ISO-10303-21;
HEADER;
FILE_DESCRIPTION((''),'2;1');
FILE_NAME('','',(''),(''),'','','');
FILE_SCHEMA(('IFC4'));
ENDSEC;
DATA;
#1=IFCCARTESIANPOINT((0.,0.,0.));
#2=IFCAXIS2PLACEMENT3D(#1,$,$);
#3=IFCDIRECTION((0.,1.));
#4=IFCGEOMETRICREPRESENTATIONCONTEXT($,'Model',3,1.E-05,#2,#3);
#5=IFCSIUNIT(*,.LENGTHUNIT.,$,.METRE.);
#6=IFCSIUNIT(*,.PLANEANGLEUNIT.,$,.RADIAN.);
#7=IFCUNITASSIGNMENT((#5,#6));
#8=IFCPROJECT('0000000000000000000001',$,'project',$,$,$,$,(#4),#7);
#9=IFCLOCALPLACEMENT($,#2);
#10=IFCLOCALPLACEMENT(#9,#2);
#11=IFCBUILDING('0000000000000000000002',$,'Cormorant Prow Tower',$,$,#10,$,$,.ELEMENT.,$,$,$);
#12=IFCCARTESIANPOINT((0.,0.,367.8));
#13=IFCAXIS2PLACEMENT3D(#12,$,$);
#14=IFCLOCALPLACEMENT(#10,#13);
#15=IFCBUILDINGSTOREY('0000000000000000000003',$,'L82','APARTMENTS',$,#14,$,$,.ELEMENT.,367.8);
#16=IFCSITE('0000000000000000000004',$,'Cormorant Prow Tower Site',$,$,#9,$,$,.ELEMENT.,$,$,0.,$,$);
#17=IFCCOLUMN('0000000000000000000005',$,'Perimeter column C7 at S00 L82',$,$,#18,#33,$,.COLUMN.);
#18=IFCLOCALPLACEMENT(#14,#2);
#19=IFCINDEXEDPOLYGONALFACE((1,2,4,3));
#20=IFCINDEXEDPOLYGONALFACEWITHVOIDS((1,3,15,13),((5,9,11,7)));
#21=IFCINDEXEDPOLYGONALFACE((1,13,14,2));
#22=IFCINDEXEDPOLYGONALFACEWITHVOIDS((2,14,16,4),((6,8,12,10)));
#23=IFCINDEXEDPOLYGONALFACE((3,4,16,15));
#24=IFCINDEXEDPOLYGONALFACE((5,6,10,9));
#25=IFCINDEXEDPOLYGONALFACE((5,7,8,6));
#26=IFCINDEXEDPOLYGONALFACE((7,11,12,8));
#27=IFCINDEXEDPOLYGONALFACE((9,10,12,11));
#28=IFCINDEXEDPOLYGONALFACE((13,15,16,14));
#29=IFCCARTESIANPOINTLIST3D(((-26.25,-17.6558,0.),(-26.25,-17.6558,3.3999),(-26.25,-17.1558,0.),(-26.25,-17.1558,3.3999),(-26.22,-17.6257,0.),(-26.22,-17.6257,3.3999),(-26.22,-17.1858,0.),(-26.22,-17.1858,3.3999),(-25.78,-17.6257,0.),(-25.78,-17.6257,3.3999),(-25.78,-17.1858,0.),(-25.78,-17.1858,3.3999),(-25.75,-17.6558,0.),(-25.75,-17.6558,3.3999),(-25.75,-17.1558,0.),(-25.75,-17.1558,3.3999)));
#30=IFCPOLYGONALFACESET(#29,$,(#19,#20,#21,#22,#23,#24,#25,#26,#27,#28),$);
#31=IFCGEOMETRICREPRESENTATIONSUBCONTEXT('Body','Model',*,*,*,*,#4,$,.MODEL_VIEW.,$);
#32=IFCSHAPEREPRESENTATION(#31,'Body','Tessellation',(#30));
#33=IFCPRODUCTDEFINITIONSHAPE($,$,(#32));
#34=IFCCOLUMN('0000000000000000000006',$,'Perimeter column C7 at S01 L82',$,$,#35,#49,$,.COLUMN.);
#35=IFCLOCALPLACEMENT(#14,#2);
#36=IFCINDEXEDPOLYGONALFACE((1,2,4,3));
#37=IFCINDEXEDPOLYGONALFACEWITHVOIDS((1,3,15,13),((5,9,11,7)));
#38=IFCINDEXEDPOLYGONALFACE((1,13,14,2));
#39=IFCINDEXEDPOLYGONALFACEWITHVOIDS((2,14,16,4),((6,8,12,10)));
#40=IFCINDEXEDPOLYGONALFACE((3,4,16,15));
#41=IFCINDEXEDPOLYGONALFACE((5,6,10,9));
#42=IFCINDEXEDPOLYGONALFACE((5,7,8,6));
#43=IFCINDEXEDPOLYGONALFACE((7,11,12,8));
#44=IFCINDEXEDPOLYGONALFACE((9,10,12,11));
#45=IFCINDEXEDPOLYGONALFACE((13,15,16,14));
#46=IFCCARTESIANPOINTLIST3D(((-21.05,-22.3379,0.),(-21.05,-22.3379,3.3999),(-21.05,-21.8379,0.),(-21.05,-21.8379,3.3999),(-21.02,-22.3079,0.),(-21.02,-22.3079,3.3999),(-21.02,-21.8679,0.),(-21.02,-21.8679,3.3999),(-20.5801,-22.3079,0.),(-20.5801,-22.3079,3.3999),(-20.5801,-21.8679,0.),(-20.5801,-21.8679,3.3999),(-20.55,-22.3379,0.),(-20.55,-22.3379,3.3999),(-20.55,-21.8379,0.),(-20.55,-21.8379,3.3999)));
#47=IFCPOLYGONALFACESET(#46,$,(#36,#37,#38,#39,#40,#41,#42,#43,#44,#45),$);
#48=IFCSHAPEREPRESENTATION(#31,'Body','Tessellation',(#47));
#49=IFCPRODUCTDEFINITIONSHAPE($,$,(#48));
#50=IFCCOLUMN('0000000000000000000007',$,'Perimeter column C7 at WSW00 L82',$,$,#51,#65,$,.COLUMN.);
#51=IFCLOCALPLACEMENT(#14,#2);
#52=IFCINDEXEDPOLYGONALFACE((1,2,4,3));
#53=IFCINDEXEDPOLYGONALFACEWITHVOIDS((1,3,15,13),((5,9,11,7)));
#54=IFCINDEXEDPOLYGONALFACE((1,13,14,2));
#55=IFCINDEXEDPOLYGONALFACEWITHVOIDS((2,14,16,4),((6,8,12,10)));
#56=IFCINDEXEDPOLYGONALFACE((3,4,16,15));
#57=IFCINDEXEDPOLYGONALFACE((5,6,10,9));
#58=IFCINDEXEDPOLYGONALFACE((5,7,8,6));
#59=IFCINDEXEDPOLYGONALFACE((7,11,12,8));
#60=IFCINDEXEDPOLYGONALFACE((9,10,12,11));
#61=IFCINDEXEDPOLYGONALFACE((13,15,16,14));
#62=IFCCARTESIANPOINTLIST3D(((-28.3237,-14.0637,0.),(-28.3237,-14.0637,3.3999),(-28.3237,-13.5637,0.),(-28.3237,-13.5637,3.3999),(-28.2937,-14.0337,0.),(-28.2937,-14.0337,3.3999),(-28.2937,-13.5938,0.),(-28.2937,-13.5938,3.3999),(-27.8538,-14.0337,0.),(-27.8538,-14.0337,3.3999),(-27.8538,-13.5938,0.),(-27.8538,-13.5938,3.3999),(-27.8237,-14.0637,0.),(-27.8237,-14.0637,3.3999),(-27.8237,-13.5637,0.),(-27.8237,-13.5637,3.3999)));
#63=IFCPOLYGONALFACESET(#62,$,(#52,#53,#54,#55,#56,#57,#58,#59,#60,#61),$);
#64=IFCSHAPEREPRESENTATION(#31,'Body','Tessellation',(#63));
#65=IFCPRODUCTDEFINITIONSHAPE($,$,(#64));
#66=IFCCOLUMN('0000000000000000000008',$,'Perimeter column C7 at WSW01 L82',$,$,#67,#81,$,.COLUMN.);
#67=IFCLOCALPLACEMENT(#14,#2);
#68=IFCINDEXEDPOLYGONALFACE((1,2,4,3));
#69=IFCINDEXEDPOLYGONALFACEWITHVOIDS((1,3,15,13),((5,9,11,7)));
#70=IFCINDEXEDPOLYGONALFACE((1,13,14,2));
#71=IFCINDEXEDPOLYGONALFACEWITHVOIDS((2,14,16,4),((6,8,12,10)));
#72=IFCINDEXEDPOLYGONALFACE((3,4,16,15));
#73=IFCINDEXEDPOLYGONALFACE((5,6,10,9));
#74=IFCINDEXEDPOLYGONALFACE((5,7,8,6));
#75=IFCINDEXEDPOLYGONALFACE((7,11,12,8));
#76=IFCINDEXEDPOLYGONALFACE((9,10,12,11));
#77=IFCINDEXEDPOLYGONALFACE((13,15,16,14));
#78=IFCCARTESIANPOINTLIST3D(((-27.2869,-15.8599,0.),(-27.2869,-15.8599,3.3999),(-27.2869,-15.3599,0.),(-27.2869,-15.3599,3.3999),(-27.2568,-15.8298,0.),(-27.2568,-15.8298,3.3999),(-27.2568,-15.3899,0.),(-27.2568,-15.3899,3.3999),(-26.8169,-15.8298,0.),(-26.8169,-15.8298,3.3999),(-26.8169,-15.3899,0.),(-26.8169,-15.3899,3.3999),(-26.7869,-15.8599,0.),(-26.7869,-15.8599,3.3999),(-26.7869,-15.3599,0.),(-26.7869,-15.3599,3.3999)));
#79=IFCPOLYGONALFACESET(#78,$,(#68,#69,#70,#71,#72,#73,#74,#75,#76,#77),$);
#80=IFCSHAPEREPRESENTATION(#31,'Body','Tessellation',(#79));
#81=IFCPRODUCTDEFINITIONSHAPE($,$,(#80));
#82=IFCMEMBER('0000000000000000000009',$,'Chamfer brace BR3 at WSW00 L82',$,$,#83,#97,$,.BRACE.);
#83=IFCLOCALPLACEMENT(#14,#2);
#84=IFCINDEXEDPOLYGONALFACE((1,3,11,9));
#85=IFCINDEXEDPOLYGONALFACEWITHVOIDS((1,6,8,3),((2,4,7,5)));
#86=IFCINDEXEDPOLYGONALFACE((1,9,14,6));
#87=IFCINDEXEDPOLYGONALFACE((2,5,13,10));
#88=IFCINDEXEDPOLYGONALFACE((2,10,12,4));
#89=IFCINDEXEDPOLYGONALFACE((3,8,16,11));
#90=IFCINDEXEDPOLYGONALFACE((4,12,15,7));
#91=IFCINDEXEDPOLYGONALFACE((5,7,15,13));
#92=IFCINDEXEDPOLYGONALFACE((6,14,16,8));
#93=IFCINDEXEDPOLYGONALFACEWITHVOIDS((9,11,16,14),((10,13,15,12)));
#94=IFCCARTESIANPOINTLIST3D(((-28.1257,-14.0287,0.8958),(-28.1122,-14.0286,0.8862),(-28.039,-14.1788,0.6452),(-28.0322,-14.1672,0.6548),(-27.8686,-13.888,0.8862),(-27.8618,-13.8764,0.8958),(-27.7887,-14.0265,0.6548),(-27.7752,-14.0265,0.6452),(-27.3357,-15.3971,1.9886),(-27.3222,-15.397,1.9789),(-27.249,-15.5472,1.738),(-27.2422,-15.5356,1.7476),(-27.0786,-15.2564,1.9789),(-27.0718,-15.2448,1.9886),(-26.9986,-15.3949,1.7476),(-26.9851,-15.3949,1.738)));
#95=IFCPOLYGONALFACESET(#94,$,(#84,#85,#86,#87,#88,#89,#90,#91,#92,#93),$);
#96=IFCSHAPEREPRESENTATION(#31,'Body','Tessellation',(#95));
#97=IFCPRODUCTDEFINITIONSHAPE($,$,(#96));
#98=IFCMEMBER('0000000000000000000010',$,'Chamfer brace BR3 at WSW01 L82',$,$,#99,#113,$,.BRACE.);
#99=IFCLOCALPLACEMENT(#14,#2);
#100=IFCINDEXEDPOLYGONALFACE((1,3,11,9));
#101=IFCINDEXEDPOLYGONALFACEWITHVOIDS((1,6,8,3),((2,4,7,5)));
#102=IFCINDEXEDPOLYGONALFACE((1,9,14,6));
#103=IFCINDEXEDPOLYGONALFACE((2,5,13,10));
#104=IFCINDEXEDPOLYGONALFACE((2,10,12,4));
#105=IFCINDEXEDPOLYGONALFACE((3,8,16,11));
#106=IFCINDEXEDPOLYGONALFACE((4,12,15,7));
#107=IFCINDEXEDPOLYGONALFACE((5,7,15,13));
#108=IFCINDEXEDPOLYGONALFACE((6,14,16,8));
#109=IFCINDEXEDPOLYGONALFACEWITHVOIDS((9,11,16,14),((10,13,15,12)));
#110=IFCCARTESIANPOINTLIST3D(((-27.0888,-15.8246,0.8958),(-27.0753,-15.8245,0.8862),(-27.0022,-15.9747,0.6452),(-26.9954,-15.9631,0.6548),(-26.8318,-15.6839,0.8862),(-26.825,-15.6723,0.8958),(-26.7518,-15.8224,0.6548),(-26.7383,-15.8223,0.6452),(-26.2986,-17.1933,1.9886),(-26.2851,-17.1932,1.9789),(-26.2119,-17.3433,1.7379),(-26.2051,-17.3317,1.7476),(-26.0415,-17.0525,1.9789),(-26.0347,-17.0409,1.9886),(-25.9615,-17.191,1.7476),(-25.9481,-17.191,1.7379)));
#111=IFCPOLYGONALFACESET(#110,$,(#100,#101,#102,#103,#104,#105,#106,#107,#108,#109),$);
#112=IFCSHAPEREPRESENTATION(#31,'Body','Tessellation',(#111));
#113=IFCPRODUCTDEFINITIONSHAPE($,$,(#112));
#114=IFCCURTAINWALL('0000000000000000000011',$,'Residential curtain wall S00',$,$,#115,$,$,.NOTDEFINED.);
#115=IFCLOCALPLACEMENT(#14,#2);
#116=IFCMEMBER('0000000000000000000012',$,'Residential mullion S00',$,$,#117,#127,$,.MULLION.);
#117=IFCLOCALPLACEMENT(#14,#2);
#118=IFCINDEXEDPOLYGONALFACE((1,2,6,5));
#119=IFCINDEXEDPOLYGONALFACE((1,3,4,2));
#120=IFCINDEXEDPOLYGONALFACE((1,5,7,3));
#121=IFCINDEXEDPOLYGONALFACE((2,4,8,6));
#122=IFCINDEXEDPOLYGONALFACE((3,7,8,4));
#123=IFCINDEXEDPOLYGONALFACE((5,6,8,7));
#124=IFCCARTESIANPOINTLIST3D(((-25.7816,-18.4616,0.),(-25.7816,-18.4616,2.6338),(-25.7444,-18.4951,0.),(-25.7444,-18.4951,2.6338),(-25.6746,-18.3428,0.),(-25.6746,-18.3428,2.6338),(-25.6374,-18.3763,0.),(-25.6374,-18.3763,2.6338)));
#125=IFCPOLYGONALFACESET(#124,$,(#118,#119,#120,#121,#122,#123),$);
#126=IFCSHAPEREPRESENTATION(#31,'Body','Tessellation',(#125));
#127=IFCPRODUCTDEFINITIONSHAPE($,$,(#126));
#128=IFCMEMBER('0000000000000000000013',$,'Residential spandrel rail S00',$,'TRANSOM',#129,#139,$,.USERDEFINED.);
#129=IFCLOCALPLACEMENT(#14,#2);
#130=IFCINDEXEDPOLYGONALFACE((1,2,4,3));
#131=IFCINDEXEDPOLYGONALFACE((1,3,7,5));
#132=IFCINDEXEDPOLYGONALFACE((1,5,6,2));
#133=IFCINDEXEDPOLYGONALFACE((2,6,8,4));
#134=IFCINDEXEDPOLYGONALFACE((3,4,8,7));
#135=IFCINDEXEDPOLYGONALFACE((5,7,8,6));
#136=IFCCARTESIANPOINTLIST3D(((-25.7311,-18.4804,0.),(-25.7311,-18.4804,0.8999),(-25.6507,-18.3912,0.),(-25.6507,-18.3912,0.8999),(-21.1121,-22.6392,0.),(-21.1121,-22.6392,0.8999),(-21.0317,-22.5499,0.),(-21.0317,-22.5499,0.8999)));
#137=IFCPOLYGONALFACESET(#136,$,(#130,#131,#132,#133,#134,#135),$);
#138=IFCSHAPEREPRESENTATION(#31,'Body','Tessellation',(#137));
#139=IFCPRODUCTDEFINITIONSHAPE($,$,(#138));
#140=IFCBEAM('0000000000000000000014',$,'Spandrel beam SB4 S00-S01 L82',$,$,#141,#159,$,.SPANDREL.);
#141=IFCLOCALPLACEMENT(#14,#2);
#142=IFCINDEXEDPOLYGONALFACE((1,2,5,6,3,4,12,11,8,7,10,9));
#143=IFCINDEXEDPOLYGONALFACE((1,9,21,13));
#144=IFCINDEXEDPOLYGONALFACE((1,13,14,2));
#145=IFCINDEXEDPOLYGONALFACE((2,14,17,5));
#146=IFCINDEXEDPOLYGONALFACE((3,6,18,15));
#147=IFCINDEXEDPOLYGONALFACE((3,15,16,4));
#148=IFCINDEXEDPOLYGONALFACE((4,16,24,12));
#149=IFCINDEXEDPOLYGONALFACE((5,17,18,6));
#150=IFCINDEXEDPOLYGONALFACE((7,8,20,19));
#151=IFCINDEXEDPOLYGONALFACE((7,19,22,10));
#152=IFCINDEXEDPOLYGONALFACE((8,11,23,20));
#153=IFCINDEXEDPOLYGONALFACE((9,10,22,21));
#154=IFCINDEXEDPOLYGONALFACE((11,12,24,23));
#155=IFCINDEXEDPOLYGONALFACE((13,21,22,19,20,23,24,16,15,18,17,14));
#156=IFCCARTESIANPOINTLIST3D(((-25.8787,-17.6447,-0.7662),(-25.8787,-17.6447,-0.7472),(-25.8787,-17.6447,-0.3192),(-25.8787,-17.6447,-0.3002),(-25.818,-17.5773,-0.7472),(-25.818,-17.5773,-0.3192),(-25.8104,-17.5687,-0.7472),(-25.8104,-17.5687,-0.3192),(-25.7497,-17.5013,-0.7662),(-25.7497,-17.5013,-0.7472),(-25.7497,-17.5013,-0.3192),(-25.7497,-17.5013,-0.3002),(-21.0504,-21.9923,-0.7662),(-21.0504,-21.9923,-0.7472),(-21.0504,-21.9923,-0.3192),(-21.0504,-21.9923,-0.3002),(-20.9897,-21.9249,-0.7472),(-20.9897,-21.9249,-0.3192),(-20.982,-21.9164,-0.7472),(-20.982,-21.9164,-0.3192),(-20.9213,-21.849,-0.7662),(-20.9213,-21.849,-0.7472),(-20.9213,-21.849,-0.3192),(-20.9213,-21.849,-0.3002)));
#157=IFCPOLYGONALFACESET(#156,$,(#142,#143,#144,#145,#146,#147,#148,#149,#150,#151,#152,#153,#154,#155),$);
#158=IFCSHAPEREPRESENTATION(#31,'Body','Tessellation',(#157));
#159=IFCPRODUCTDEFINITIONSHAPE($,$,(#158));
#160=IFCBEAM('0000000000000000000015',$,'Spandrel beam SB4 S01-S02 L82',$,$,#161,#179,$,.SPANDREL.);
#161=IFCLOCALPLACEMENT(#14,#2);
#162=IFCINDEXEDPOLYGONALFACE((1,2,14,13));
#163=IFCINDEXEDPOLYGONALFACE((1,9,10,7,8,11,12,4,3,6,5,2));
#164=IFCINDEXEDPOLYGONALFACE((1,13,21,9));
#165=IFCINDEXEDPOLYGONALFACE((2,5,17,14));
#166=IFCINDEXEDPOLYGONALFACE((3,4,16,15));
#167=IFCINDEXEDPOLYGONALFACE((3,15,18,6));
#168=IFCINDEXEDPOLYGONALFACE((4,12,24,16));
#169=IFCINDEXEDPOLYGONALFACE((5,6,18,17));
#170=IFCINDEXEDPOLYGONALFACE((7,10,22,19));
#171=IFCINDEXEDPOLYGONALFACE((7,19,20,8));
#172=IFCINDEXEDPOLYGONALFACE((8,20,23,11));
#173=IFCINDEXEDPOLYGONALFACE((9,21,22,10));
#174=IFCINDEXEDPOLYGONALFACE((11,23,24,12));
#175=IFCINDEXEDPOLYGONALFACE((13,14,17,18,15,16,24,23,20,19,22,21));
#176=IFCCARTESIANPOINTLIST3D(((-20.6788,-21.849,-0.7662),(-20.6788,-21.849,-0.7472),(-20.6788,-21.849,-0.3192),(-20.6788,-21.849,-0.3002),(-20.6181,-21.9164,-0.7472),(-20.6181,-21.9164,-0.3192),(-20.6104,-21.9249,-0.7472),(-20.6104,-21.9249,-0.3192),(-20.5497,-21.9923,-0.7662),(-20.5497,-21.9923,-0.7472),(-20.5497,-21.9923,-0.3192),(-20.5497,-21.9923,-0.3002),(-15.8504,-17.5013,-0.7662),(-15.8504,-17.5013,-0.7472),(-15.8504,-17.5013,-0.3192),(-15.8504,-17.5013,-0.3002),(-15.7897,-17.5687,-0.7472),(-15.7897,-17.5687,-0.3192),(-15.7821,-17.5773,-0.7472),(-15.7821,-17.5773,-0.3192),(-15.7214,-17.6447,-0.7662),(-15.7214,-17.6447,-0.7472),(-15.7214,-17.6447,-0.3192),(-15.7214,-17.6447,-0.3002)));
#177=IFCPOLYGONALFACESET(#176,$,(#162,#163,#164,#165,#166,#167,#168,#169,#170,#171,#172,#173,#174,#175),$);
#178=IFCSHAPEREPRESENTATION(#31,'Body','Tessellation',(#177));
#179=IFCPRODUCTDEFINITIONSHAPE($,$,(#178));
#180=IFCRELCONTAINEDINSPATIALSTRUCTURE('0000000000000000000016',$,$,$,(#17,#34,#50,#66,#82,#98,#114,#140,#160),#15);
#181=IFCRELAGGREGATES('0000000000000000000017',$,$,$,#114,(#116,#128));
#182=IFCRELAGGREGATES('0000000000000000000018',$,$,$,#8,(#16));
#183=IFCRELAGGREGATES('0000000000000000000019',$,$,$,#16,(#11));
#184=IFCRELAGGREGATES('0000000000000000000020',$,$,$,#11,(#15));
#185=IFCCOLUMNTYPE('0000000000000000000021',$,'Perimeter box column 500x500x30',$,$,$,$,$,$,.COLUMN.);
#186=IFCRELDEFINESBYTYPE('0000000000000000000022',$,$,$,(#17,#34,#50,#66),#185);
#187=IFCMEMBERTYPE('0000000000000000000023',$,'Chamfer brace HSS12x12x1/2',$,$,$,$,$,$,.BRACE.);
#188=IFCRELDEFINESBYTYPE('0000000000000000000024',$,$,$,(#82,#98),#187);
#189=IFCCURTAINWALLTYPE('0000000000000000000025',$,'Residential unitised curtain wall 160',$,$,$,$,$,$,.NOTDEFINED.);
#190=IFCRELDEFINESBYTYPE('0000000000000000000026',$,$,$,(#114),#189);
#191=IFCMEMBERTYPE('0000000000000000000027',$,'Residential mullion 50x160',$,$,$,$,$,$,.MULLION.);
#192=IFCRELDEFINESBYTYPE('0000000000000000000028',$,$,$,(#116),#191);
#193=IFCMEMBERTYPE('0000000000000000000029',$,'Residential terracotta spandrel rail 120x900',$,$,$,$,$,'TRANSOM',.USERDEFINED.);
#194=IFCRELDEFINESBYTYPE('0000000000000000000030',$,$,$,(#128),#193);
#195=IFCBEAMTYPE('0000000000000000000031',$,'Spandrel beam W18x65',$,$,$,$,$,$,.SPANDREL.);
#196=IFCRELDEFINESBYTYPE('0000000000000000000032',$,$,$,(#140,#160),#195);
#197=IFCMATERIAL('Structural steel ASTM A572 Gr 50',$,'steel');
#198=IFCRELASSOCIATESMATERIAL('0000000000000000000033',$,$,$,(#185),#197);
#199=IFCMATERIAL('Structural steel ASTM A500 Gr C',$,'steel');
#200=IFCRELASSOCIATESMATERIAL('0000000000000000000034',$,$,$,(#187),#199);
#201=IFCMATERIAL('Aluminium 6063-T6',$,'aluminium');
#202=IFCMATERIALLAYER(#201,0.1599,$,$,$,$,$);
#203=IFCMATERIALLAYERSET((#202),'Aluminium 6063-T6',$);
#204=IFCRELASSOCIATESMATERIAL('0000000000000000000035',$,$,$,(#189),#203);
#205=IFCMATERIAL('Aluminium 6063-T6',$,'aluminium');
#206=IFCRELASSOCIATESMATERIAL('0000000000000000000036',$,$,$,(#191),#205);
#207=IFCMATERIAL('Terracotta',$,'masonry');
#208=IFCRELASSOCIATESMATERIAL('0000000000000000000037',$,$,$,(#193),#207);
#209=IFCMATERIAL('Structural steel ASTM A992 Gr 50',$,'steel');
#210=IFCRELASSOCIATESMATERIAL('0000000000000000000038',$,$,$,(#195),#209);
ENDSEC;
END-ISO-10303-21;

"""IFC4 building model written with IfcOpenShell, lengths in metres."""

from ifc_helpers import new_model, si_unit, direction, frame, origin, origin_2d, place, context, subcontext, project, spatial, rectangle, hollow_rectangle, i_section, extrude, material, layer, layer_set, material_profile, profile_set, type_object, element, aggregate, save


model = new_model("IFC4")

# Units and contexts
model_context = context("Model", 3, precision=1e-05, world=origin(), true_north=direction((0.0, 1.0)))
body_context = subcontext(model_context, "Body", "Model", "MODEL_VIEW")
ifc_project = project(units=[si_unit("LENGTHUNIT", "METRE"), si_unit("PLANEANGLEUNIT", "RADIAN")], contexts=[model_context])

# Site, building, storey
site_placement = place(None, origin())
site = spatial("IfcSite", under=ifc_project, at=site_placement, Name="Cormorant Prow Tower Site", CompositionType="ELEMENT", RefElevation=0.0)
building_placement = place(site_placement, origin())
building = spatial("IfcBuilding", under=site, at=building_placement, Name="Cormorant Prow Tower", CompositionType="ELEMENT")
storey_placement = place(building_placement, frame((0.0, 0.0, 367.8)))
storey = spatial("IfcBuildingStorey", under=building, at=storey_placement, Name="L82", Description="APARTMENTS", CompositionType="ELEMENT", Elevation=367.8)

# Columns
ifc_material_1 = material(Name="Structural steel ASTM A572 Gr 50", Category="steel")
ifc_material_profile_1 = material_profile(ifc_material_1, hollow_rectangle(XDim=0.5, YDim=0.5, WallThickness=0.03, at=origin_2d()), Name="Box 500x500x30")
ifc_profile_set_1 = profile_set([ifc_material_profile_1], Name="Structural steel ASTM A572 Gr 50")
column_type = type_object("IfcColumnType", Name="Perimeter box column 500x500x30", PredefinedType="COLUMN", material=ifc_profile_set_1)
for number, where, z_axis, x_axis, name in (
    (1, (-26.0, -17.4058, 0.0), (0.0, 0.0, 1.0), (1.0, 0.0, 0.0), "Perimeter column C7 at S00 L82"),
    (2, (-20.8, -22.0879, 0.0), (0.0, 0.0, 1.0), (1.0, 0.0, 0.0), "Perimeter column C7 at S01 L82"),
    (3, (-28.0737, -13.8137, 0.0), (0.0, 0.0, 1.0), (1.0, 0.0, 0.0), "Perimeter column C7 at WSW00 L82"),
    (4, (-27.0369, -15.6099, 0.0), (0.0, 0.0, 1.0), (1.0, 0.0, 0.0), "Perimeter column C7 at WSW01 L82"),
):
    element("IfcColumn", number, at=place(storey_placement, frame(where, z_axis=z_axis, x_axis=x_axis)), inside=storey, type_object=column_type, Name=name, PredefinedType="COLUMN", context=body_context, shape_type="SweptSolid", body=[
        extrude(hollow_rectangle(XDim=0.5, YDim=0.5, WallThickness=0.03, at=origin_2d()), origin(), (0.0, 0.0, 1.0), 3.3999),
    ])

# Members
ifc_material_2 = material(Name="Structural steel ASTM A500 Gr C", Category="steel")
ifc_material_profile_2 = material_profile(ifc_material_2, hollow_rectangle(XDim=0.3047, YDim=0.3047, WallThickness=0.0117, at=origin_2d()), Name="HSS12x12x1/2")
ifc_profile_set_2 = profile_set([ifc_material_profile_2], Name="Structural steel ASTM A500 Gr C")
member_type_1 = type_object("IfcMemberType", Name="Chamfer brace HSS12x12x1/2", PredefinedType="BRACE", material=ifc_profile_set_2)
member_1_placement = place(storey_placement, frame((-27.9504, -14.0276, 0.7705), z_axis=(0.41123, -0.712282, 0.568809), x_axis=(0.866029, 0.499994, 0.0)))
element("IfcMember", 5, at=member_1_placement, inside=storey, type_object=member_type_1, Name="Chamfer brace BR3 at WSW00 L82", PredefinedType="BRACE", context=body_context, shape_type="SweptSolid", body=[
    extrude(hollow_rectangle(XDim=0.3047, YDim=0.3047, WallThickness=0.0117, at=origin_2d()), origin(), (0.0, 0.0, 1.0), 1.9211),
])
member_2_placement = place(storey_placement, frame((-26.9136, -15.8235, 0.7705), z_axis=(0.411299, -0.712308, 0.568728), x_axis=(0.866, 0.500043, 0.0)))
element("IfcMember", 6, at=member_2_placement, inside=storey, type_object=member_type_1, Name="Chamfer brace BR3 at WSW01 L82", PredefinedType="BRACE", context=body_context, shape_type="SweptSolid", body=[
    extrude(hollow_rectangle(XDim=0.3047, YDim=0.3047, WallThickness=0.0117, at=origin_2d()), origin(), (0.0, 0.0, 1.0), 1.9214),
])

# Curtain wall, members
ifc_material_3 = material(Name="Aluminium 6063-T6", Category="aluminium")
ifc_layer_1 = layer(ifc_material_3, 0.1599)
ifc_layer_set_1 = layer_set([ifc_layer_1], Name="Aluminium 6063-T6")
curtain_wall_type = type_object("IfcCurtainWallType", Name="Residential unitised curtain wall 160", PredefinedType="NOTDEFINED", material=ifc_layer_set_1)
curtain_wall_placement = place(storey_placement, origin())
curtain_wall = element("IfcCurtainWall", 7, at=curtain_wall_placement, inside=storey, type_object=curtain_wall_type, Name="Residential curtain wall S00", PredefinedType="NOTDEFINED")
ifc_material_4 = material(Name="Aluminium 6063-T6", Category="aluminium")
ifc_material_profile_3 = material_profile(ifc_material_4, rectangle(XDim=0.1599, YDim=0.05, at=origin_2d()), Name="Residential mullion 50x160")
ifc_profile_set_3 = profile_set([ifc_material_profile_3], Name="Aluminium 6063-T6")
member_type_2 = type_object("IfcMemberType", Name="Residential mullion 50x160", PredefinedType="MULLION", material=ifc_profile_set_3)
member_3_placement = place(storey_placement, frame((-25.7095, -18.4189, 0.0), z_axis=(0.0, 0.0, 1.0), x_axis=(0.669131, 0.743145, 0.0)))
member_3 = element("IfcMember", 8, at=member_3_placement, type_object=member_type_2, Name="Residential mullion S00", PredefinedType="MULLION", context=body_context, shape_type="SweptSolid", body=[
    extrude(rectangle(XDim=0.1599, YDim=0.05, at=origin_2d()), origin(), (0.0, 0.0, 1.0), 2.6338),
])
ifc_material_5 = material(Name="Terracotta", Category="masonry")
ifc_material_profile_4 = material_profile(ifc_material_5, rectangle(XDim=0.1201, YDim=0.8999, at=origin_2d()), Name="Residential terracotta spandrel rail 120x900")
ifc_profile_set_4 = profile_set([ifc_material_profile_4], Name="Terracotta")
member_type_3 = type_object("IfcMemberType", Name="Residential terracotta spandrel rail 120x900", ElementType="TRANSOM", PredefinedType="USERDEFINED", material=ifc_profile_set_4)
member_4_placement = place(storey_placement, frame((-25.6909, -18.4358, 0.45), z_axis=(0.743159, -0.669114, 0.0), x_axis=(0.669114, 0.743159, 0.0)))
member_4 = element("IfcMember", 9, at=member_4_placement, type_object=member_type_3, Name="Residential spandrel rail S00", ObjectType="TRANSOM", PredefinedType="USERDEFINED", context=body_context, shape_type="SweptSolid", body=[
    extrude(rectangle(XDim=0.1201, YDim=0.8999, at=origin_2d()), origin(), (0.0, 0.0, 1.0), 6.2153),
])

# Beams
ifc_material_6 = material(Name="Structural steel ASTM A992 Gr 50", Category="steel")
ifc_material_profile_5 = material_profile(ifc_material_6, i_section(OverallWidth=0.1929, OverallDepth=0.4661, WebThickness=0.0115, FlangeThickness=0.019, at=origin_2d()), Name="W18x65")
ifc_profile_set_5 = profile_set([ifc_material_profile_5], Name="Structural steel ASTM A992 Gr 50")
beam_type = type_object("IfcBeamType", Name="Spandrel beam W18x65", PredefinedType="SPANDREL", material=ifc_profile_set_5)
for number, where, z_axis, x_axis, name in (
    (10, (-25.8142, -17.573, -0.5332), (0.743132, -0.669145, 0.0), (0.669145, 0.743132, 0.0), "Spandrel beam SB4 S00-S01 L82"),
    (11, (-20.6143, -21.9207, -0.5332), (0.743132, 0.669145, 0.0), (-0.669145, 0.743132, 0.0), "Spandrel beam SB4 S01-S02 L82"),
):
    element("IfcBeam", number, at=place(storey_placement, frame(where, z_axis=z_axis, x_axis=x_axis)), inside=storey, type_object=beam_type, Name=name, PredefinedType="SPANDREL", context=body_context, shape_type="SweptSolid", body=[
        extrude(i_section(OverallWidth=0.1929, OverallDepth=0.4661, WebThickness=0.0115, FlangeThickness=0.019, at=origin_2d()), origin(), (0.0, 0.0, 1.0), 6.4973),
    ])

aggregate(curtain_wall, [member_3, member_4])

save(model, "model.ifc")
